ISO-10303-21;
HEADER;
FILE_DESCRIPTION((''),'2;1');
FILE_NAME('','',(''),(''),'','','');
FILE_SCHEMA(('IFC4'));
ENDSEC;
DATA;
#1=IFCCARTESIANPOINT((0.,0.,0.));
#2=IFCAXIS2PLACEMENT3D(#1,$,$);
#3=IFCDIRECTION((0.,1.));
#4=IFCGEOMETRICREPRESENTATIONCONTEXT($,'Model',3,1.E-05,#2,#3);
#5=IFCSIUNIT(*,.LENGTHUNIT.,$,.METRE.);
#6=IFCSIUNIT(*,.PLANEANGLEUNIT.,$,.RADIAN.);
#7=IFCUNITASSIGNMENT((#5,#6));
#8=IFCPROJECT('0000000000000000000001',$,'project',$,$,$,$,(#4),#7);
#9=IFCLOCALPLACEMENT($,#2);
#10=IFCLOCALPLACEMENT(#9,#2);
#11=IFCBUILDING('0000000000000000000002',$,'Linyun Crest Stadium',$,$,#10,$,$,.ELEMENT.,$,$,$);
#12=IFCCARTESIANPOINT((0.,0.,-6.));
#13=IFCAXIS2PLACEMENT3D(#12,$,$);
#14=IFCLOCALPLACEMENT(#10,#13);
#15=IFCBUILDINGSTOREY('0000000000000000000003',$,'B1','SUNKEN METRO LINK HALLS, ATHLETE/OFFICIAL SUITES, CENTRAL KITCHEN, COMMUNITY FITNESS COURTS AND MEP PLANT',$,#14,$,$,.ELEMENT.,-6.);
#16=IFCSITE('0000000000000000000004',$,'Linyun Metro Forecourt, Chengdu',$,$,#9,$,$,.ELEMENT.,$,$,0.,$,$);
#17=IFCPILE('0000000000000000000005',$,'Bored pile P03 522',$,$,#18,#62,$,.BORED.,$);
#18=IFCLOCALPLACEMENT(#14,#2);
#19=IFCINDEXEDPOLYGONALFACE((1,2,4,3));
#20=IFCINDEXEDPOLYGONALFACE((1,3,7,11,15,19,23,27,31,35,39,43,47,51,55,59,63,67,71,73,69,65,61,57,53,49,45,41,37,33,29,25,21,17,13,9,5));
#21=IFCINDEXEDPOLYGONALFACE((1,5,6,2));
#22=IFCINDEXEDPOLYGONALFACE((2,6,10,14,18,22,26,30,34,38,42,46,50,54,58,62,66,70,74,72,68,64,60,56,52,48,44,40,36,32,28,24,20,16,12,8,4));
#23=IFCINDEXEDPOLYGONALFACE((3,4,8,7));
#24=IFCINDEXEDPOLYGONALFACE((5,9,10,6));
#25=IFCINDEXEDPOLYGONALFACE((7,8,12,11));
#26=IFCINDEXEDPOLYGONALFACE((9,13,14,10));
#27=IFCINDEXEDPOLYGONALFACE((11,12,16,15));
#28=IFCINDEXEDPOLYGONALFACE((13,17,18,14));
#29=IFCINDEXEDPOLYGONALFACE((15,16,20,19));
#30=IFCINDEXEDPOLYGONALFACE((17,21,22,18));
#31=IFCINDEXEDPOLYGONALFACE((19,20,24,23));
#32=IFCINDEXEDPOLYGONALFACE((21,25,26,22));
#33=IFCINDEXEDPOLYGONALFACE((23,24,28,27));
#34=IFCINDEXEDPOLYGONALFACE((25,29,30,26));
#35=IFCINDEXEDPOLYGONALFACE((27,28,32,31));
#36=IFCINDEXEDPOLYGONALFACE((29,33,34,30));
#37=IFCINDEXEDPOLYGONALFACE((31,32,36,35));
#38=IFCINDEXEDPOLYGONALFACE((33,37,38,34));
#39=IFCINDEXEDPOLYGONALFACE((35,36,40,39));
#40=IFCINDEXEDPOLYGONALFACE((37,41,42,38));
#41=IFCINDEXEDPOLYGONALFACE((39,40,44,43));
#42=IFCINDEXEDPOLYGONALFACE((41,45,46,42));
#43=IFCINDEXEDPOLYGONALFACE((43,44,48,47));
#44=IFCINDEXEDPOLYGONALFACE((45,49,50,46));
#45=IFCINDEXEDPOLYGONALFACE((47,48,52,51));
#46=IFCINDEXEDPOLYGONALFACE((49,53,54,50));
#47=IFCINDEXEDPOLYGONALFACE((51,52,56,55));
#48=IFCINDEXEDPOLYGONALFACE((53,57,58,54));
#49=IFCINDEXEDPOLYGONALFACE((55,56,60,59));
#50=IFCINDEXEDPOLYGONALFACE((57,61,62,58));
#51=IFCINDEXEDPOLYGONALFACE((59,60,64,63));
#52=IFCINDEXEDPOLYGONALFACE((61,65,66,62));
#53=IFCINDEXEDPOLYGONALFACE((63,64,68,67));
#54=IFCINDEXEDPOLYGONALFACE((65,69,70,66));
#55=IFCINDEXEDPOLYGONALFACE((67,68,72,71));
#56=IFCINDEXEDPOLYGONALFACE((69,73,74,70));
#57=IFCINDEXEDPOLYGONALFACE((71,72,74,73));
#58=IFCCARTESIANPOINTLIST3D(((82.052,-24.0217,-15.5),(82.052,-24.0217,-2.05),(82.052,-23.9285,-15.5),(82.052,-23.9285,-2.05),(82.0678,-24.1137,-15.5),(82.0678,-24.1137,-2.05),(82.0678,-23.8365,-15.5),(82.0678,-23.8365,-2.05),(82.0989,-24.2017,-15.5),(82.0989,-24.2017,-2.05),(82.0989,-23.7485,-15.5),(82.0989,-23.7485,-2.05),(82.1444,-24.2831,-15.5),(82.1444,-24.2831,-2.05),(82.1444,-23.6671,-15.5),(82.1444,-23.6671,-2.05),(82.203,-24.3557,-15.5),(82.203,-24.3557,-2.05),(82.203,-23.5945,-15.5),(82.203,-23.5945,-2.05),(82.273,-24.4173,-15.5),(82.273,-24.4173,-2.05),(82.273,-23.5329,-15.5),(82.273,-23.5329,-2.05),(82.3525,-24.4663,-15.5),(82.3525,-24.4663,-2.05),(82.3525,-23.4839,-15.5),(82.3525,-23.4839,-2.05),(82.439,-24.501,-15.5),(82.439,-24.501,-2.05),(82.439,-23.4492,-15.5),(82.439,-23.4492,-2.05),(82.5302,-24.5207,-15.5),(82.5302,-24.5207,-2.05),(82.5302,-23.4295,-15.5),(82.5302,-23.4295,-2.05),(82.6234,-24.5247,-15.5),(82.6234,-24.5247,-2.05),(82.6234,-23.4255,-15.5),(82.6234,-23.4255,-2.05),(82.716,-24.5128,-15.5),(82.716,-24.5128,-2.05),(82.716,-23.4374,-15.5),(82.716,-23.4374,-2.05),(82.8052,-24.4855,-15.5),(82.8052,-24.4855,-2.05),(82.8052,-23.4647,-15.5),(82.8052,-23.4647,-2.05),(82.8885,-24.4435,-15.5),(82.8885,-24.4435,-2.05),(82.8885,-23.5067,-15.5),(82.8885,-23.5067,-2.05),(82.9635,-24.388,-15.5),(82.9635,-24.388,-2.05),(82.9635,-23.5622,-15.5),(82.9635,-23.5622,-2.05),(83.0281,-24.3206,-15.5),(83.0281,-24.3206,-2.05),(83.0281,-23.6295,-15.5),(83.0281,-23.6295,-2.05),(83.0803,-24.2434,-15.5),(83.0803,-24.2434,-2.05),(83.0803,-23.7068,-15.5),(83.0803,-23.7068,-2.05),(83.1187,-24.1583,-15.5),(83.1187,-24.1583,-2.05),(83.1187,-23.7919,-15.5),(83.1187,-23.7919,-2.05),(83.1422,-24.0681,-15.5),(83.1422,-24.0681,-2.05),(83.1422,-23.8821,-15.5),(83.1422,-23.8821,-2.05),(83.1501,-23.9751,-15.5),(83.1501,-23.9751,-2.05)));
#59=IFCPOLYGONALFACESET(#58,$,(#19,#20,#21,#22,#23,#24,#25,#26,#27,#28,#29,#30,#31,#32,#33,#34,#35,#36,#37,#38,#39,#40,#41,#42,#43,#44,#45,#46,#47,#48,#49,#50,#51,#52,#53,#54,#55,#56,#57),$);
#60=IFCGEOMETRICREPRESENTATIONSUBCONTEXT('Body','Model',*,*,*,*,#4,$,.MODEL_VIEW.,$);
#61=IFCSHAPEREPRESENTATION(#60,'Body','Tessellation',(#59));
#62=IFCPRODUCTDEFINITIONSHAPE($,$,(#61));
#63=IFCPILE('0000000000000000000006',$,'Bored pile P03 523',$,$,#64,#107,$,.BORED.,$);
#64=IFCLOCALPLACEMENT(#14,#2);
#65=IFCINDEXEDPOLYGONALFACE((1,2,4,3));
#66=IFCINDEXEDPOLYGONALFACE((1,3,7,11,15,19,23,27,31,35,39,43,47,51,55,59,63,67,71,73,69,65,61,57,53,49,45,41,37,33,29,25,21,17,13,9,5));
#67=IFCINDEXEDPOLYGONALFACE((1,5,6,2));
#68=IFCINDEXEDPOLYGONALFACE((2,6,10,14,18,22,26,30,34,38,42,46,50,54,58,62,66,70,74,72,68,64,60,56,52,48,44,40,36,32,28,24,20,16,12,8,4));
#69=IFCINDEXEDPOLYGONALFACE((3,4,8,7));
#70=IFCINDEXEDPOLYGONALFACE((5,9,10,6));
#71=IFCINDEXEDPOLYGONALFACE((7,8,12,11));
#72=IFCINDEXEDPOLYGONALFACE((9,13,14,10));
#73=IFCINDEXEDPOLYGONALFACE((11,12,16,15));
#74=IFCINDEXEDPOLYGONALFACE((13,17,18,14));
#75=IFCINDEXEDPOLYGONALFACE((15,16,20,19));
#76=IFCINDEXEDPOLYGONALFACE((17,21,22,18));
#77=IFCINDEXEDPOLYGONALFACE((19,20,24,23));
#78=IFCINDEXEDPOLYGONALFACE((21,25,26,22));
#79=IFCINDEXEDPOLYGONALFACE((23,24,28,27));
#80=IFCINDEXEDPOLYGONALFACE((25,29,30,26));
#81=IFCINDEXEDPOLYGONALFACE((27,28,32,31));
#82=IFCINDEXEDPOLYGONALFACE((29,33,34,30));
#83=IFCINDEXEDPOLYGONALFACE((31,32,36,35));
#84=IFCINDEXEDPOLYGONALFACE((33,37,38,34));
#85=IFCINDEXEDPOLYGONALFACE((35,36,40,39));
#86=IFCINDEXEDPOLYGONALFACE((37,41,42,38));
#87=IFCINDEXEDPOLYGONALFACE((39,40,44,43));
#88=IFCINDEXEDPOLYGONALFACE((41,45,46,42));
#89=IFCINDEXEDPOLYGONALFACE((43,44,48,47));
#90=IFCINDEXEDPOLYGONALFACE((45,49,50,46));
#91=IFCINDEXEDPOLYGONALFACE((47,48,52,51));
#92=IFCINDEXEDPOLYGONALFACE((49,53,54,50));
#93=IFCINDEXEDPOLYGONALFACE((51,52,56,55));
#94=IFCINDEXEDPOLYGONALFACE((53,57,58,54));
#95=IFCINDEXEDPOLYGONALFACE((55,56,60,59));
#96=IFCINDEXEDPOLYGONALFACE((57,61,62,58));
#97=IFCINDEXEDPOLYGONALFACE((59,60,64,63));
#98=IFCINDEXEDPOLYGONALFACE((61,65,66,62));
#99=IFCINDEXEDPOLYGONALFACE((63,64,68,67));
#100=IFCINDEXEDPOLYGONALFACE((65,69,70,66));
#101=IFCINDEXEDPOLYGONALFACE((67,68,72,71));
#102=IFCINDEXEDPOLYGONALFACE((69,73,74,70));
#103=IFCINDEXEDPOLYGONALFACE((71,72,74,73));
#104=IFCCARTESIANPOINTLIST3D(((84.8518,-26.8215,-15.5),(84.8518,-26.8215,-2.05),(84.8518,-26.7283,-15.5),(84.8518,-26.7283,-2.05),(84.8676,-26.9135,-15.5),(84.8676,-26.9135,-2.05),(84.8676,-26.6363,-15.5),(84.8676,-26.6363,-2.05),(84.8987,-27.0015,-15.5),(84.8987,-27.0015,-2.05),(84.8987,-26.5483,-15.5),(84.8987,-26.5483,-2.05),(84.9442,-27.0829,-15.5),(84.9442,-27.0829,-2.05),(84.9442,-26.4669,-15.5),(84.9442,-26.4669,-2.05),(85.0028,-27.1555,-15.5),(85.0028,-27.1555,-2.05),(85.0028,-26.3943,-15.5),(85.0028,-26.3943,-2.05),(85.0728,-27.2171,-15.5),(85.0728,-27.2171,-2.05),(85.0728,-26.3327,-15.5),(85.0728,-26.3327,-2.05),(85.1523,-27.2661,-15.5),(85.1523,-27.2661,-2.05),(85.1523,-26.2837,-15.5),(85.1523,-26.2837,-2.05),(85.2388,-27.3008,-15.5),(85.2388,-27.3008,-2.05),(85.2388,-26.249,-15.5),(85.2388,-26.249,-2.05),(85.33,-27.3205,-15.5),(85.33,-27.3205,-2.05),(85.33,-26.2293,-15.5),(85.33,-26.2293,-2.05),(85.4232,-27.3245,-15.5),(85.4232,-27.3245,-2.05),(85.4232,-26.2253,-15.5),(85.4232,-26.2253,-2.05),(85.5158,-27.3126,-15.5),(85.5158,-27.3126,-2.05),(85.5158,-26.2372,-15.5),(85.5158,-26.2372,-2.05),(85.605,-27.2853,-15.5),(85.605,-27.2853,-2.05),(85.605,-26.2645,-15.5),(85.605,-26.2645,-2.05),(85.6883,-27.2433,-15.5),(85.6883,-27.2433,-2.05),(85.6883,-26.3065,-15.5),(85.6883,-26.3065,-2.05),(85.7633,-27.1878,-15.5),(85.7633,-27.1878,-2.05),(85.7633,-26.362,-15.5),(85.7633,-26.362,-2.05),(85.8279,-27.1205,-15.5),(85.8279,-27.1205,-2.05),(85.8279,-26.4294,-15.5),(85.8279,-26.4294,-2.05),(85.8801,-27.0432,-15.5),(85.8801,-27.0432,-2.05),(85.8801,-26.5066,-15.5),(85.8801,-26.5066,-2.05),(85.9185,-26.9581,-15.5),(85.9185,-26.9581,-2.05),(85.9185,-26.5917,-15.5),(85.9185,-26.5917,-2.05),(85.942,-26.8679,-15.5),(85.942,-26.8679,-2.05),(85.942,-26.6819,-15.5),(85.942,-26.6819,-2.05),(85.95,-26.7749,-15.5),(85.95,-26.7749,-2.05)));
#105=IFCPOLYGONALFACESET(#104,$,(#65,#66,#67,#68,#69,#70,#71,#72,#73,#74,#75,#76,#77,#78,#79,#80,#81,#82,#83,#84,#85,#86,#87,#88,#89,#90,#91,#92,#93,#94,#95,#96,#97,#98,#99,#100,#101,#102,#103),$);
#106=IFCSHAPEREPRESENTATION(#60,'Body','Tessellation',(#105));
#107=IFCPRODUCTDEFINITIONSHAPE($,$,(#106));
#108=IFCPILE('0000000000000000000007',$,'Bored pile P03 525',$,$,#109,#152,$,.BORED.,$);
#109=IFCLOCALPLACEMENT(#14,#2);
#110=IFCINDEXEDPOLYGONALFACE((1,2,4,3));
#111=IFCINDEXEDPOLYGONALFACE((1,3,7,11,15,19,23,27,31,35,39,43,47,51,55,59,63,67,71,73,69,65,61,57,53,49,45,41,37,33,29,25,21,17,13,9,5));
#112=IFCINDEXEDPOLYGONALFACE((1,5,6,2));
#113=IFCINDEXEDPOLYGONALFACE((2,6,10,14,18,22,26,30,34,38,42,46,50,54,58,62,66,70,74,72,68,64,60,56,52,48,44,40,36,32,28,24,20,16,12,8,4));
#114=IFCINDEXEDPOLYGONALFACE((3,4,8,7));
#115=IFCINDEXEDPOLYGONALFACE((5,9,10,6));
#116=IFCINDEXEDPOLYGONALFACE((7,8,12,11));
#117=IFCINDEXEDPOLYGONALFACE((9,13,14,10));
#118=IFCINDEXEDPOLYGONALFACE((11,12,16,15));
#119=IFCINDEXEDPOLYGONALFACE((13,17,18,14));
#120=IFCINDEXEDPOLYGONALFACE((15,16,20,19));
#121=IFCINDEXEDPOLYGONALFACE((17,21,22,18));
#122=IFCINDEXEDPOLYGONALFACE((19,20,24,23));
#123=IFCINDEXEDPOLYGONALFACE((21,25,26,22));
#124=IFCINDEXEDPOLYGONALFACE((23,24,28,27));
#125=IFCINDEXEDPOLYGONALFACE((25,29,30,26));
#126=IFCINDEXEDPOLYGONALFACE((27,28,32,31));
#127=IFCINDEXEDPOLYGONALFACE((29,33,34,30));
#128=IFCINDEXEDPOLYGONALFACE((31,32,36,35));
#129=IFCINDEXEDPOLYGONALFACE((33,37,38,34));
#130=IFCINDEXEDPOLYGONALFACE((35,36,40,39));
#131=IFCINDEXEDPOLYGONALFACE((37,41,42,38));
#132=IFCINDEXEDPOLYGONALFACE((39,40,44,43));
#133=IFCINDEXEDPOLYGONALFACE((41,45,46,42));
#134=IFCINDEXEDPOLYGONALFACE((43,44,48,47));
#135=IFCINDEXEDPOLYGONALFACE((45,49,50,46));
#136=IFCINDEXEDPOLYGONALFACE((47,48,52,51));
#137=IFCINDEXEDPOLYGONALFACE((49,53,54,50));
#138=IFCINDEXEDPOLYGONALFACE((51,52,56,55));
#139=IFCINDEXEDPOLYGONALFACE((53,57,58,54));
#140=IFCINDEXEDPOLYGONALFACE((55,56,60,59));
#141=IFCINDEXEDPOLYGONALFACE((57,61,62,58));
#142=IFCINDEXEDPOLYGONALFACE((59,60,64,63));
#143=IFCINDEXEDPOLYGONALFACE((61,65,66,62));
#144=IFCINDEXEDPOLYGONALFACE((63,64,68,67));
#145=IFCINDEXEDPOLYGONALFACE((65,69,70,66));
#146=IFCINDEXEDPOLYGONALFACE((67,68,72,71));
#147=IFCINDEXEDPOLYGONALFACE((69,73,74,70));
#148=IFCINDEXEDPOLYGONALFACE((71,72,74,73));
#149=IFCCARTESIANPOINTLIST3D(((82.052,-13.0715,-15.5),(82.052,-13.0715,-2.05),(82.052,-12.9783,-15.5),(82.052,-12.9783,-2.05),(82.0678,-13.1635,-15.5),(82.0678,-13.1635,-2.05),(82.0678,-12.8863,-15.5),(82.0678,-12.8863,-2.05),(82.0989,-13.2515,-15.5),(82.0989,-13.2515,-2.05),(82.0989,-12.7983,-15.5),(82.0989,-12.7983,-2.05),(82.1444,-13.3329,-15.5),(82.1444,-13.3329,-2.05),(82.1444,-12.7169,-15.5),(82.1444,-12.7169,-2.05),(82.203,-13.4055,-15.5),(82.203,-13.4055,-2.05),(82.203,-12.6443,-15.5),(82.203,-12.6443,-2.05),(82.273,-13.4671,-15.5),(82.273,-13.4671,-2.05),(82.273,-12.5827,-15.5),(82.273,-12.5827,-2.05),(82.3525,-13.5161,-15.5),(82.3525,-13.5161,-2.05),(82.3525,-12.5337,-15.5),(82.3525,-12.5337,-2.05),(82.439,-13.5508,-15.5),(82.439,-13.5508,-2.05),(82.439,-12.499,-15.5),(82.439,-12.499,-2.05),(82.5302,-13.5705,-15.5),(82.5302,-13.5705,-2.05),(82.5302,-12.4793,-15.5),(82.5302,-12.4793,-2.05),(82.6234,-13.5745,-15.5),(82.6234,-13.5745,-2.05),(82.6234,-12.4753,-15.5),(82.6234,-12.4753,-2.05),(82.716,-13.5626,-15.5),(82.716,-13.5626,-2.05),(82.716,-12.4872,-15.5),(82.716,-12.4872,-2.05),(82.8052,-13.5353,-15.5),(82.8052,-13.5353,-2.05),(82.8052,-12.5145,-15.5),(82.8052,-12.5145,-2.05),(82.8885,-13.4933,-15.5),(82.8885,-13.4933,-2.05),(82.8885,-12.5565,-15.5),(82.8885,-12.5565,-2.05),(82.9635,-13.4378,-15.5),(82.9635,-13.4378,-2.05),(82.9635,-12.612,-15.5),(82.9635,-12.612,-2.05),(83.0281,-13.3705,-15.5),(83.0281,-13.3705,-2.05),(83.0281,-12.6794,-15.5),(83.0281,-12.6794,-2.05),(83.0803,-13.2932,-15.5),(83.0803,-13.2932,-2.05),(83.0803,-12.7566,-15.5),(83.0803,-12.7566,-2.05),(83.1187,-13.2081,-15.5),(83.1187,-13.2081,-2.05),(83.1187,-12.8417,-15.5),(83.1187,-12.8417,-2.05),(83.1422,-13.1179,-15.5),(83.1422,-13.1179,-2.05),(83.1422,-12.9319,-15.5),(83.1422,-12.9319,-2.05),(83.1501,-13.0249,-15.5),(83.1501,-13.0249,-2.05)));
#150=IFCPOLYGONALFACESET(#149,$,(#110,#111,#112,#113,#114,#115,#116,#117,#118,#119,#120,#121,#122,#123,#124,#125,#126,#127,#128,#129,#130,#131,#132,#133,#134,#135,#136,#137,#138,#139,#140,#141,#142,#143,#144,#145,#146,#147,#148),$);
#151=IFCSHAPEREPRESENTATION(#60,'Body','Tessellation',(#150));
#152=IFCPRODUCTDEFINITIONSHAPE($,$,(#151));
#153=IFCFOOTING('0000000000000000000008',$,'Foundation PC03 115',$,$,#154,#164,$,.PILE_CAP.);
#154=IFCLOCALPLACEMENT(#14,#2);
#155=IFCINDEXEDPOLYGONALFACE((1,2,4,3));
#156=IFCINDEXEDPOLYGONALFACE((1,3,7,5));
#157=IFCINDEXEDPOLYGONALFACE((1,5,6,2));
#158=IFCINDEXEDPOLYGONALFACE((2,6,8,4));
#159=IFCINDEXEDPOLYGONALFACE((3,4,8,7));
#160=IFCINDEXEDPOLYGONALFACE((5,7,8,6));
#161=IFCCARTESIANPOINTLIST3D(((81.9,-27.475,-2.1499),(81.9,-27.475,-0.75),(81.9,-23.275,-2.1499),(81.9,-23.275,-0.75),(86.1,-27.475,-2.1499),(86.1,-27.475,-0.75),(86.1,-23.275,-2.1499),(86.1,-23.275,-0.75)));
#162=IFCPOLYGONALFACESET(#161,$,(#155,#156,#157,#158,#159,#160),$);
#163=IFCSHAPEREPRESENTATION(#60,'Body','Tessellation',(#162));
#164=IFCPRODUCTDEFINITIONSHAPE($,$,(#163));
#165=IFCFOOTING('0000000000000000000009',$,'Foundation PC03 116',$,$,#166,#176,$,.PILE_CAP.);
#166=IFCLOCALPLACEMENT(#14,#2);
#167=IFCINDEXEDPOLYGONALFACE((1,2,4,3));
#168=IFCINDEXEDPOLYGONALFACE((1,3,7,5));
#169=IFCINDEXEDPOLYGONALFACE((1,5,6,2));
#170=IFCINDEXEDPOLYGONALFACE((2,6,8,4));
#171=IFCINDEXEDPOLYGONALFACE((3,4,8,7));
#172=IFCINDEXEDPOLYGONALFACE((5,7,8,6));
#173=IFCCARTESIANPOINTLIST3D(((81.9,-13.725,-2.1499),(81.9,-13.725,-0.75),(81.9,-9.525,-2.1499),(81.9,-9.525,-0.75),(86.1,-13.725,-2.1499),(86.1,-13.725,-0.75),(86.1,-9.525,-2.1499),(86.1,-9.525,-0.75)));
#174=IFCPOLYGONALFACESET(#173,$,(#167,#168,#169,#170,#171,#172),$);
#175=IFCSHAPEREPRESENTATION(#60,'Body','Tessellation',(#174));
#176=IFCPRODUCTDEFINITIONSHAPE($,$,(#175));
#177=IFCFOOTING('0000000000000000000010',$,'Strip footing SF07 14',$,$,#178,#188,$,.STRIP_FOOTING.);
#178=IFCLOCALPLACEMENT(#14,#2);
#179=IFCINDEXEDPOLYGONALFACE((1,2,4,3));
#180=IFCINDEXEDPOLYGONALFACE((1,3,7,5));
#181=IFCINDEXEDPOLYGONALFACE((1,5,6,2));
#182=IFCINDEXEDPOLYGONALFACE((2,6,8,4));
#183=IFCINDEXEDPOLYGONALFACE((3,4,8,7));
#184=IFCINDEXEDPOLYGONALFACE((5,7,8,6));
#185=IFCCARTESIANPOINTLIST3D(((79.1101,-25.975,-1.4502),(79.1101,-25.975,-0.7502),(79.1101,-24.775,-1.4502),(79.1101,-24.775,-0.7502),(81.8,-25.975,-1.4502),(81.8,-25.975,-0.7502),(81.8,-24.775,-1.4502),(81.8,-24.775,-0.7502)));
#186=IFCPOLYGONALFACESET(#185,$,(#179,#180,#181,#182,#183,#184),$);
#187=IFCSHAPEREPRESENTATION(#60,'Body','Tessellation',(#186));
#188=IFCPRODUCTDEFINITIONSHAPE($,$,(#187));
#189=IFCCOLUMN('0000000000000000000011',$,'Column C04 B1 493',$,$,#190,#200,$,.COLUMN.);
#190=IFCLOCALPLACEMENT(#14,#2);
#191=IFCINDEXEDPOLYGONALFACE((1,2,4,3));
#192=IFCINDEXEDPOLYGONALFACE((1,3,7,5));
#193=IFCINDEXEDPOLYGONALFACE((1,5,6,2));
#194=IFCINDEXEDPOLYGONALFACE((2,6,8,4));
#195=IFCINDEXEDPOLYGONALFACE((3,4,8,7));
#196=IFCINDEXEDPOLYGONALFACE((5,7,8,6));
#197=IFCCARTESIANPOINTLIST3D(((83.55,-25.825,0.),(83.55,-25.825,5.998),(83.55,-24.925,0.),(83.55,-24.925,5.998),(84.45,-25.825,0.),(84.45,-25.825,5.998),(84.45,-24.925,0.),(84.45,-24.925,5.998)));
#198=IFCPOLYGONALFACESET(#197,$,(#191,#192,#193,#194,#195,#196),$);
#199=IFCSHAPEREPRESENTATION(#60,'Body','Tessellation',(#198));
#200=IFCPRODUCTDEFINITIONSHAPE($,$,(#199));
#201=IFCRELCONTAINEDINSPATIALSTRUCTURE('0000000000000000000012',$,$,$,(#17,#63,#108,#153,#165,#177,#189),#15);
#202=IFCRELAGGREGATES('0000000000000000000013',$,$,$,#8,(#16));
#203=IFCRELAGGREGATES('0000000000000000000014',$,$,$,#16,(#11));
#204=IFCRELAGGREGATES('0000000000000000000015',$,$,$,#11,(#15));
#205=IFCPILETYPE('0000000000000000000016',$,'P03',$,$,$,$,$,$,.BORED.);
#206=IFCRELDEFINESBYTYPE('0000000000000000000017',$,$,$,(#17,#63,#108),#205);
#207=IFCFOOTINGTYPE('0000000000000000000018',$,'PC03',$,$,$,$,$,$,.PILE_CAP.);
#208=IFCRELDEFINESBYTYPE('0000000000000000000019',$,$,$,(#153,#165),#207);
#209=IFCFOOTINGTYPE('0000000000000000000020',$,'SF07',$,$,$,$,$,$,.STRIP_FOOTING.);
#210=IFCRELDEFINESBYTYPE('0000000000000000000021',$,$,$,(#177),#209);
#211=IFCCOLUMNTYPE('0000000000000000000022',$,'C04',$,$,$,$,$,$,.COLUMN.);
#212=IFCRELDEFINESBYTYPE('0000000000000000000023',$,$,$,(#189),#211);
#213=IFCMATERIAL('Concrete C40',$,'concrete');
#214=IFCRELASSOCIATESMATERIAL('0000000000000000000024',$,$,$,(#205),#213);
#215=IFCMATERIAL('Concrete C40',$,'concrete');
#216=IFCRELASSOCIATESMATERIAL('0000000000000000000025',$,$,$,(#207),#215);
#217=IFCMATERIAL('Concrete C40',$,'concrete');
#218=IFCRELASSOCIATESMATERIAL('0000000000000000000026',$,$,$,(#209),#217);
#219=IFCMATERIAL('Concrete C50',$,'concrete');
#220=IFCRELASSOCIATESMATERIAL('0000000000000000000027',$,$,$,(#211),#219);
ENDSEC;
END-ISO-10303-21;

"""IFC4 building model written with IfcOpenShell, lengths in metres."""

from ifc_helpers import new_model, si_unit, direction, frame, origin, origin_2d, place, context, subcontext, project, spatial, rectangle, circle, extrude, material, material_profile, profile_set, type_object, element, save


model = new_model("IFC4")

# Units and contexts
model_context = context("Model", 3, precision=1e-05, world=origin(), true_north=direction((0.0, 1.0)))
body_context = subcontext(model_context, "Body", "Model", "MODEL_VIEW")
ifc_project = project(units=[si_unit("LENGTHUNIT", "METRE"), si_unit("PLANEANGLEUNIT", "RADIAN")], contexts=[model_context])

# Site, building, storey
site_placement = place(None, origin())
site = spatial("IfcSite", under=ifc_project, at=site_placement, Name="Linyun Metro Forecourt, Chengdu", CompositionType="ELEMENT", RefElevation=0.0)
building_placement = place(site_placement, origin())
building = spatial("IfcBuilding", under=site, at=building_placement, Name="Linyun Crest Stadium", CompositionType="ELEMENT")
storey_placement = place(building_placement, frame((0.0, 0.0, -6.0)))
storey = spatial("IfcBuildingStorey", under=building, at=storey_placement, Name="B1", Description="SUNKEN METRO LINK HALLS, ATHLETE/OFFICIAL SUITES, CENTRAL KITCHEN, COMMUNITY FITNESS COURTS AND MEP PLANT", CompositionType="ELEMENT", Elevation=-6.0)

# Piles
ifc_material_1 = material(Name="Concrete C40", Category="concrete")
ifc_material_profile_1 = material_profile(ifc_material_1, circle(Radius=0.55, at=origin_2d()), Name="BORED PILE 1100")
ifc_profile_set_1 = profile_set([ifc_material_profile_1], Name="Concrete C40")
pile_type = type_object("IfcPileType", Name="P03", PredefinedType="BORED", material=ifc_profile_set_1)
for number, where, z_axis, x_axis, name in (
    (1, (82.6001, -23.9751, -2.05), (0.0, 0.0, -1.0), (1.0, 0.0, 0.0), "Bored pile P03 522"),
    (2, (85.3999, -26.7749, -2.05), (0.0, 0.0, -1.0), (1.0, 0.0, 0.0), "Bored pile P03 523"),
    (3, (82.6001, -13.0249, -2.05), (0.0, 0.0, -1.0), (1.0, 0.0, 0.0), "Bored pile P03 525"),
):
    element("IfcPile", number, at=place(storey_placement, frame(where, z_axis=z_axis, x_axis=x_axis)), inside=storey, type_object=pile_type, Name=name, PredefinedType="BORED", context=body_context, shape_type="SweptSolid", body=[
        extrude(circle(Radius=0.55, at=origin_2d()), origin(), (0.0, 0.0, 1.0), 13.45),
    ])

# Footings
ifc_material_2 = material(Name="Concrete C40", Category="concrete")
footing_type_1 = type_object("IfcFootingType", Name="PC03", PredefinedType="PILE_CAP", material=ifc_material_2)
for number, where, z_axis, x_axis, name in (
    (4, (84.0, -25.375, -2.1499), (0.0, 0.0, 1.0), (1.0, 0.0, 0.0), "Foundation PC03 115"),
    (5, (84.0, -11.625, -2.1499), (0.0, 0.0, 1.0), (1.0, 0.0, 0.0), "Foundation PC03 116"),
):
    element("IfcFooting", number, at=place(storey_placement, frame(where, z_axis=z_axis, x_axis=x_axis)), inside=storey, type_object=footing_type_1, Name=name, PredefinedType="PILE_CAP", context=body_context, shape_type="SweptSolid", body=[
        extrude(rectangle(XDim=4.2, YDim=4.2, at=origin_2d()), origin(), (0.0, 0.0, 1.0), 1.3999),
    ])
ifc_material_3 = material(Name="Concrete C40", Category="concrete")
footing_type_2 = type_object("IfcFootingType", Name="SF07", PredefinedType="STRIP_FOOTING", material=ifc_material_3)
footing_placement = place(storey_placement, frame((80.4551, -25.375, -1.4502), z_axis=(0.0, 0.0, 1.0), x_axis=(1.0, 0.0, 0.0)))
element("IfcFooting", 6, at=footing_placement, inside=storey, type_object=footing_type_2, Name="Strip footing SF07 14", PredefinedType="STRIP_FOOTING", context=body_context, shape_type="SweptSolid", body=[
    extrude(rectangle(XDim=2.6899, YDim=1.2, at=origin_2d()), origin(), (0.0, 0.0, 1.0), 0.7),
])

# Column
ifc_material_4 = material(Name="Concrete C50", Category="concrete")
ifc_material_profile_2 = material_profile(ifc_material_4, rectangle(XDim=0.8999, YDim=0.8999, at=origin_2d()), Name="RC 900x900")
ifc_profile_set_2 = profile_set([ifc_material_profile_2], Name="Concrete C50")
column_type = type_object("IfcColumnType", Name="C04", PredefinedType="COLUMN", material=ifc_profile_set_2)
for number, where, z_axis, x_axis, name in (
    (7, (84.0, -25.375, 0.0), (0.0, 0.0, 1.0), (1.0, 0.0, 0.0), "Column C04 B1 493"),
):
    element("IfcColumn", number, at=place(storey_placement, frame(where, z_axis=z_axis, x_axis=x_axis)), inside=storey, type_object=column_type, Name=name, PredefinedType="COLUMN", context=body_context, shape_type="SweptSolid", body=[
        extrude(rectangle(XDim=0.8999, YDim=0.8999, at=origin_2d()), origin(), (0.0, 0.0, 1.0), 5.998),
    ])

save(model, "model.ifc")
